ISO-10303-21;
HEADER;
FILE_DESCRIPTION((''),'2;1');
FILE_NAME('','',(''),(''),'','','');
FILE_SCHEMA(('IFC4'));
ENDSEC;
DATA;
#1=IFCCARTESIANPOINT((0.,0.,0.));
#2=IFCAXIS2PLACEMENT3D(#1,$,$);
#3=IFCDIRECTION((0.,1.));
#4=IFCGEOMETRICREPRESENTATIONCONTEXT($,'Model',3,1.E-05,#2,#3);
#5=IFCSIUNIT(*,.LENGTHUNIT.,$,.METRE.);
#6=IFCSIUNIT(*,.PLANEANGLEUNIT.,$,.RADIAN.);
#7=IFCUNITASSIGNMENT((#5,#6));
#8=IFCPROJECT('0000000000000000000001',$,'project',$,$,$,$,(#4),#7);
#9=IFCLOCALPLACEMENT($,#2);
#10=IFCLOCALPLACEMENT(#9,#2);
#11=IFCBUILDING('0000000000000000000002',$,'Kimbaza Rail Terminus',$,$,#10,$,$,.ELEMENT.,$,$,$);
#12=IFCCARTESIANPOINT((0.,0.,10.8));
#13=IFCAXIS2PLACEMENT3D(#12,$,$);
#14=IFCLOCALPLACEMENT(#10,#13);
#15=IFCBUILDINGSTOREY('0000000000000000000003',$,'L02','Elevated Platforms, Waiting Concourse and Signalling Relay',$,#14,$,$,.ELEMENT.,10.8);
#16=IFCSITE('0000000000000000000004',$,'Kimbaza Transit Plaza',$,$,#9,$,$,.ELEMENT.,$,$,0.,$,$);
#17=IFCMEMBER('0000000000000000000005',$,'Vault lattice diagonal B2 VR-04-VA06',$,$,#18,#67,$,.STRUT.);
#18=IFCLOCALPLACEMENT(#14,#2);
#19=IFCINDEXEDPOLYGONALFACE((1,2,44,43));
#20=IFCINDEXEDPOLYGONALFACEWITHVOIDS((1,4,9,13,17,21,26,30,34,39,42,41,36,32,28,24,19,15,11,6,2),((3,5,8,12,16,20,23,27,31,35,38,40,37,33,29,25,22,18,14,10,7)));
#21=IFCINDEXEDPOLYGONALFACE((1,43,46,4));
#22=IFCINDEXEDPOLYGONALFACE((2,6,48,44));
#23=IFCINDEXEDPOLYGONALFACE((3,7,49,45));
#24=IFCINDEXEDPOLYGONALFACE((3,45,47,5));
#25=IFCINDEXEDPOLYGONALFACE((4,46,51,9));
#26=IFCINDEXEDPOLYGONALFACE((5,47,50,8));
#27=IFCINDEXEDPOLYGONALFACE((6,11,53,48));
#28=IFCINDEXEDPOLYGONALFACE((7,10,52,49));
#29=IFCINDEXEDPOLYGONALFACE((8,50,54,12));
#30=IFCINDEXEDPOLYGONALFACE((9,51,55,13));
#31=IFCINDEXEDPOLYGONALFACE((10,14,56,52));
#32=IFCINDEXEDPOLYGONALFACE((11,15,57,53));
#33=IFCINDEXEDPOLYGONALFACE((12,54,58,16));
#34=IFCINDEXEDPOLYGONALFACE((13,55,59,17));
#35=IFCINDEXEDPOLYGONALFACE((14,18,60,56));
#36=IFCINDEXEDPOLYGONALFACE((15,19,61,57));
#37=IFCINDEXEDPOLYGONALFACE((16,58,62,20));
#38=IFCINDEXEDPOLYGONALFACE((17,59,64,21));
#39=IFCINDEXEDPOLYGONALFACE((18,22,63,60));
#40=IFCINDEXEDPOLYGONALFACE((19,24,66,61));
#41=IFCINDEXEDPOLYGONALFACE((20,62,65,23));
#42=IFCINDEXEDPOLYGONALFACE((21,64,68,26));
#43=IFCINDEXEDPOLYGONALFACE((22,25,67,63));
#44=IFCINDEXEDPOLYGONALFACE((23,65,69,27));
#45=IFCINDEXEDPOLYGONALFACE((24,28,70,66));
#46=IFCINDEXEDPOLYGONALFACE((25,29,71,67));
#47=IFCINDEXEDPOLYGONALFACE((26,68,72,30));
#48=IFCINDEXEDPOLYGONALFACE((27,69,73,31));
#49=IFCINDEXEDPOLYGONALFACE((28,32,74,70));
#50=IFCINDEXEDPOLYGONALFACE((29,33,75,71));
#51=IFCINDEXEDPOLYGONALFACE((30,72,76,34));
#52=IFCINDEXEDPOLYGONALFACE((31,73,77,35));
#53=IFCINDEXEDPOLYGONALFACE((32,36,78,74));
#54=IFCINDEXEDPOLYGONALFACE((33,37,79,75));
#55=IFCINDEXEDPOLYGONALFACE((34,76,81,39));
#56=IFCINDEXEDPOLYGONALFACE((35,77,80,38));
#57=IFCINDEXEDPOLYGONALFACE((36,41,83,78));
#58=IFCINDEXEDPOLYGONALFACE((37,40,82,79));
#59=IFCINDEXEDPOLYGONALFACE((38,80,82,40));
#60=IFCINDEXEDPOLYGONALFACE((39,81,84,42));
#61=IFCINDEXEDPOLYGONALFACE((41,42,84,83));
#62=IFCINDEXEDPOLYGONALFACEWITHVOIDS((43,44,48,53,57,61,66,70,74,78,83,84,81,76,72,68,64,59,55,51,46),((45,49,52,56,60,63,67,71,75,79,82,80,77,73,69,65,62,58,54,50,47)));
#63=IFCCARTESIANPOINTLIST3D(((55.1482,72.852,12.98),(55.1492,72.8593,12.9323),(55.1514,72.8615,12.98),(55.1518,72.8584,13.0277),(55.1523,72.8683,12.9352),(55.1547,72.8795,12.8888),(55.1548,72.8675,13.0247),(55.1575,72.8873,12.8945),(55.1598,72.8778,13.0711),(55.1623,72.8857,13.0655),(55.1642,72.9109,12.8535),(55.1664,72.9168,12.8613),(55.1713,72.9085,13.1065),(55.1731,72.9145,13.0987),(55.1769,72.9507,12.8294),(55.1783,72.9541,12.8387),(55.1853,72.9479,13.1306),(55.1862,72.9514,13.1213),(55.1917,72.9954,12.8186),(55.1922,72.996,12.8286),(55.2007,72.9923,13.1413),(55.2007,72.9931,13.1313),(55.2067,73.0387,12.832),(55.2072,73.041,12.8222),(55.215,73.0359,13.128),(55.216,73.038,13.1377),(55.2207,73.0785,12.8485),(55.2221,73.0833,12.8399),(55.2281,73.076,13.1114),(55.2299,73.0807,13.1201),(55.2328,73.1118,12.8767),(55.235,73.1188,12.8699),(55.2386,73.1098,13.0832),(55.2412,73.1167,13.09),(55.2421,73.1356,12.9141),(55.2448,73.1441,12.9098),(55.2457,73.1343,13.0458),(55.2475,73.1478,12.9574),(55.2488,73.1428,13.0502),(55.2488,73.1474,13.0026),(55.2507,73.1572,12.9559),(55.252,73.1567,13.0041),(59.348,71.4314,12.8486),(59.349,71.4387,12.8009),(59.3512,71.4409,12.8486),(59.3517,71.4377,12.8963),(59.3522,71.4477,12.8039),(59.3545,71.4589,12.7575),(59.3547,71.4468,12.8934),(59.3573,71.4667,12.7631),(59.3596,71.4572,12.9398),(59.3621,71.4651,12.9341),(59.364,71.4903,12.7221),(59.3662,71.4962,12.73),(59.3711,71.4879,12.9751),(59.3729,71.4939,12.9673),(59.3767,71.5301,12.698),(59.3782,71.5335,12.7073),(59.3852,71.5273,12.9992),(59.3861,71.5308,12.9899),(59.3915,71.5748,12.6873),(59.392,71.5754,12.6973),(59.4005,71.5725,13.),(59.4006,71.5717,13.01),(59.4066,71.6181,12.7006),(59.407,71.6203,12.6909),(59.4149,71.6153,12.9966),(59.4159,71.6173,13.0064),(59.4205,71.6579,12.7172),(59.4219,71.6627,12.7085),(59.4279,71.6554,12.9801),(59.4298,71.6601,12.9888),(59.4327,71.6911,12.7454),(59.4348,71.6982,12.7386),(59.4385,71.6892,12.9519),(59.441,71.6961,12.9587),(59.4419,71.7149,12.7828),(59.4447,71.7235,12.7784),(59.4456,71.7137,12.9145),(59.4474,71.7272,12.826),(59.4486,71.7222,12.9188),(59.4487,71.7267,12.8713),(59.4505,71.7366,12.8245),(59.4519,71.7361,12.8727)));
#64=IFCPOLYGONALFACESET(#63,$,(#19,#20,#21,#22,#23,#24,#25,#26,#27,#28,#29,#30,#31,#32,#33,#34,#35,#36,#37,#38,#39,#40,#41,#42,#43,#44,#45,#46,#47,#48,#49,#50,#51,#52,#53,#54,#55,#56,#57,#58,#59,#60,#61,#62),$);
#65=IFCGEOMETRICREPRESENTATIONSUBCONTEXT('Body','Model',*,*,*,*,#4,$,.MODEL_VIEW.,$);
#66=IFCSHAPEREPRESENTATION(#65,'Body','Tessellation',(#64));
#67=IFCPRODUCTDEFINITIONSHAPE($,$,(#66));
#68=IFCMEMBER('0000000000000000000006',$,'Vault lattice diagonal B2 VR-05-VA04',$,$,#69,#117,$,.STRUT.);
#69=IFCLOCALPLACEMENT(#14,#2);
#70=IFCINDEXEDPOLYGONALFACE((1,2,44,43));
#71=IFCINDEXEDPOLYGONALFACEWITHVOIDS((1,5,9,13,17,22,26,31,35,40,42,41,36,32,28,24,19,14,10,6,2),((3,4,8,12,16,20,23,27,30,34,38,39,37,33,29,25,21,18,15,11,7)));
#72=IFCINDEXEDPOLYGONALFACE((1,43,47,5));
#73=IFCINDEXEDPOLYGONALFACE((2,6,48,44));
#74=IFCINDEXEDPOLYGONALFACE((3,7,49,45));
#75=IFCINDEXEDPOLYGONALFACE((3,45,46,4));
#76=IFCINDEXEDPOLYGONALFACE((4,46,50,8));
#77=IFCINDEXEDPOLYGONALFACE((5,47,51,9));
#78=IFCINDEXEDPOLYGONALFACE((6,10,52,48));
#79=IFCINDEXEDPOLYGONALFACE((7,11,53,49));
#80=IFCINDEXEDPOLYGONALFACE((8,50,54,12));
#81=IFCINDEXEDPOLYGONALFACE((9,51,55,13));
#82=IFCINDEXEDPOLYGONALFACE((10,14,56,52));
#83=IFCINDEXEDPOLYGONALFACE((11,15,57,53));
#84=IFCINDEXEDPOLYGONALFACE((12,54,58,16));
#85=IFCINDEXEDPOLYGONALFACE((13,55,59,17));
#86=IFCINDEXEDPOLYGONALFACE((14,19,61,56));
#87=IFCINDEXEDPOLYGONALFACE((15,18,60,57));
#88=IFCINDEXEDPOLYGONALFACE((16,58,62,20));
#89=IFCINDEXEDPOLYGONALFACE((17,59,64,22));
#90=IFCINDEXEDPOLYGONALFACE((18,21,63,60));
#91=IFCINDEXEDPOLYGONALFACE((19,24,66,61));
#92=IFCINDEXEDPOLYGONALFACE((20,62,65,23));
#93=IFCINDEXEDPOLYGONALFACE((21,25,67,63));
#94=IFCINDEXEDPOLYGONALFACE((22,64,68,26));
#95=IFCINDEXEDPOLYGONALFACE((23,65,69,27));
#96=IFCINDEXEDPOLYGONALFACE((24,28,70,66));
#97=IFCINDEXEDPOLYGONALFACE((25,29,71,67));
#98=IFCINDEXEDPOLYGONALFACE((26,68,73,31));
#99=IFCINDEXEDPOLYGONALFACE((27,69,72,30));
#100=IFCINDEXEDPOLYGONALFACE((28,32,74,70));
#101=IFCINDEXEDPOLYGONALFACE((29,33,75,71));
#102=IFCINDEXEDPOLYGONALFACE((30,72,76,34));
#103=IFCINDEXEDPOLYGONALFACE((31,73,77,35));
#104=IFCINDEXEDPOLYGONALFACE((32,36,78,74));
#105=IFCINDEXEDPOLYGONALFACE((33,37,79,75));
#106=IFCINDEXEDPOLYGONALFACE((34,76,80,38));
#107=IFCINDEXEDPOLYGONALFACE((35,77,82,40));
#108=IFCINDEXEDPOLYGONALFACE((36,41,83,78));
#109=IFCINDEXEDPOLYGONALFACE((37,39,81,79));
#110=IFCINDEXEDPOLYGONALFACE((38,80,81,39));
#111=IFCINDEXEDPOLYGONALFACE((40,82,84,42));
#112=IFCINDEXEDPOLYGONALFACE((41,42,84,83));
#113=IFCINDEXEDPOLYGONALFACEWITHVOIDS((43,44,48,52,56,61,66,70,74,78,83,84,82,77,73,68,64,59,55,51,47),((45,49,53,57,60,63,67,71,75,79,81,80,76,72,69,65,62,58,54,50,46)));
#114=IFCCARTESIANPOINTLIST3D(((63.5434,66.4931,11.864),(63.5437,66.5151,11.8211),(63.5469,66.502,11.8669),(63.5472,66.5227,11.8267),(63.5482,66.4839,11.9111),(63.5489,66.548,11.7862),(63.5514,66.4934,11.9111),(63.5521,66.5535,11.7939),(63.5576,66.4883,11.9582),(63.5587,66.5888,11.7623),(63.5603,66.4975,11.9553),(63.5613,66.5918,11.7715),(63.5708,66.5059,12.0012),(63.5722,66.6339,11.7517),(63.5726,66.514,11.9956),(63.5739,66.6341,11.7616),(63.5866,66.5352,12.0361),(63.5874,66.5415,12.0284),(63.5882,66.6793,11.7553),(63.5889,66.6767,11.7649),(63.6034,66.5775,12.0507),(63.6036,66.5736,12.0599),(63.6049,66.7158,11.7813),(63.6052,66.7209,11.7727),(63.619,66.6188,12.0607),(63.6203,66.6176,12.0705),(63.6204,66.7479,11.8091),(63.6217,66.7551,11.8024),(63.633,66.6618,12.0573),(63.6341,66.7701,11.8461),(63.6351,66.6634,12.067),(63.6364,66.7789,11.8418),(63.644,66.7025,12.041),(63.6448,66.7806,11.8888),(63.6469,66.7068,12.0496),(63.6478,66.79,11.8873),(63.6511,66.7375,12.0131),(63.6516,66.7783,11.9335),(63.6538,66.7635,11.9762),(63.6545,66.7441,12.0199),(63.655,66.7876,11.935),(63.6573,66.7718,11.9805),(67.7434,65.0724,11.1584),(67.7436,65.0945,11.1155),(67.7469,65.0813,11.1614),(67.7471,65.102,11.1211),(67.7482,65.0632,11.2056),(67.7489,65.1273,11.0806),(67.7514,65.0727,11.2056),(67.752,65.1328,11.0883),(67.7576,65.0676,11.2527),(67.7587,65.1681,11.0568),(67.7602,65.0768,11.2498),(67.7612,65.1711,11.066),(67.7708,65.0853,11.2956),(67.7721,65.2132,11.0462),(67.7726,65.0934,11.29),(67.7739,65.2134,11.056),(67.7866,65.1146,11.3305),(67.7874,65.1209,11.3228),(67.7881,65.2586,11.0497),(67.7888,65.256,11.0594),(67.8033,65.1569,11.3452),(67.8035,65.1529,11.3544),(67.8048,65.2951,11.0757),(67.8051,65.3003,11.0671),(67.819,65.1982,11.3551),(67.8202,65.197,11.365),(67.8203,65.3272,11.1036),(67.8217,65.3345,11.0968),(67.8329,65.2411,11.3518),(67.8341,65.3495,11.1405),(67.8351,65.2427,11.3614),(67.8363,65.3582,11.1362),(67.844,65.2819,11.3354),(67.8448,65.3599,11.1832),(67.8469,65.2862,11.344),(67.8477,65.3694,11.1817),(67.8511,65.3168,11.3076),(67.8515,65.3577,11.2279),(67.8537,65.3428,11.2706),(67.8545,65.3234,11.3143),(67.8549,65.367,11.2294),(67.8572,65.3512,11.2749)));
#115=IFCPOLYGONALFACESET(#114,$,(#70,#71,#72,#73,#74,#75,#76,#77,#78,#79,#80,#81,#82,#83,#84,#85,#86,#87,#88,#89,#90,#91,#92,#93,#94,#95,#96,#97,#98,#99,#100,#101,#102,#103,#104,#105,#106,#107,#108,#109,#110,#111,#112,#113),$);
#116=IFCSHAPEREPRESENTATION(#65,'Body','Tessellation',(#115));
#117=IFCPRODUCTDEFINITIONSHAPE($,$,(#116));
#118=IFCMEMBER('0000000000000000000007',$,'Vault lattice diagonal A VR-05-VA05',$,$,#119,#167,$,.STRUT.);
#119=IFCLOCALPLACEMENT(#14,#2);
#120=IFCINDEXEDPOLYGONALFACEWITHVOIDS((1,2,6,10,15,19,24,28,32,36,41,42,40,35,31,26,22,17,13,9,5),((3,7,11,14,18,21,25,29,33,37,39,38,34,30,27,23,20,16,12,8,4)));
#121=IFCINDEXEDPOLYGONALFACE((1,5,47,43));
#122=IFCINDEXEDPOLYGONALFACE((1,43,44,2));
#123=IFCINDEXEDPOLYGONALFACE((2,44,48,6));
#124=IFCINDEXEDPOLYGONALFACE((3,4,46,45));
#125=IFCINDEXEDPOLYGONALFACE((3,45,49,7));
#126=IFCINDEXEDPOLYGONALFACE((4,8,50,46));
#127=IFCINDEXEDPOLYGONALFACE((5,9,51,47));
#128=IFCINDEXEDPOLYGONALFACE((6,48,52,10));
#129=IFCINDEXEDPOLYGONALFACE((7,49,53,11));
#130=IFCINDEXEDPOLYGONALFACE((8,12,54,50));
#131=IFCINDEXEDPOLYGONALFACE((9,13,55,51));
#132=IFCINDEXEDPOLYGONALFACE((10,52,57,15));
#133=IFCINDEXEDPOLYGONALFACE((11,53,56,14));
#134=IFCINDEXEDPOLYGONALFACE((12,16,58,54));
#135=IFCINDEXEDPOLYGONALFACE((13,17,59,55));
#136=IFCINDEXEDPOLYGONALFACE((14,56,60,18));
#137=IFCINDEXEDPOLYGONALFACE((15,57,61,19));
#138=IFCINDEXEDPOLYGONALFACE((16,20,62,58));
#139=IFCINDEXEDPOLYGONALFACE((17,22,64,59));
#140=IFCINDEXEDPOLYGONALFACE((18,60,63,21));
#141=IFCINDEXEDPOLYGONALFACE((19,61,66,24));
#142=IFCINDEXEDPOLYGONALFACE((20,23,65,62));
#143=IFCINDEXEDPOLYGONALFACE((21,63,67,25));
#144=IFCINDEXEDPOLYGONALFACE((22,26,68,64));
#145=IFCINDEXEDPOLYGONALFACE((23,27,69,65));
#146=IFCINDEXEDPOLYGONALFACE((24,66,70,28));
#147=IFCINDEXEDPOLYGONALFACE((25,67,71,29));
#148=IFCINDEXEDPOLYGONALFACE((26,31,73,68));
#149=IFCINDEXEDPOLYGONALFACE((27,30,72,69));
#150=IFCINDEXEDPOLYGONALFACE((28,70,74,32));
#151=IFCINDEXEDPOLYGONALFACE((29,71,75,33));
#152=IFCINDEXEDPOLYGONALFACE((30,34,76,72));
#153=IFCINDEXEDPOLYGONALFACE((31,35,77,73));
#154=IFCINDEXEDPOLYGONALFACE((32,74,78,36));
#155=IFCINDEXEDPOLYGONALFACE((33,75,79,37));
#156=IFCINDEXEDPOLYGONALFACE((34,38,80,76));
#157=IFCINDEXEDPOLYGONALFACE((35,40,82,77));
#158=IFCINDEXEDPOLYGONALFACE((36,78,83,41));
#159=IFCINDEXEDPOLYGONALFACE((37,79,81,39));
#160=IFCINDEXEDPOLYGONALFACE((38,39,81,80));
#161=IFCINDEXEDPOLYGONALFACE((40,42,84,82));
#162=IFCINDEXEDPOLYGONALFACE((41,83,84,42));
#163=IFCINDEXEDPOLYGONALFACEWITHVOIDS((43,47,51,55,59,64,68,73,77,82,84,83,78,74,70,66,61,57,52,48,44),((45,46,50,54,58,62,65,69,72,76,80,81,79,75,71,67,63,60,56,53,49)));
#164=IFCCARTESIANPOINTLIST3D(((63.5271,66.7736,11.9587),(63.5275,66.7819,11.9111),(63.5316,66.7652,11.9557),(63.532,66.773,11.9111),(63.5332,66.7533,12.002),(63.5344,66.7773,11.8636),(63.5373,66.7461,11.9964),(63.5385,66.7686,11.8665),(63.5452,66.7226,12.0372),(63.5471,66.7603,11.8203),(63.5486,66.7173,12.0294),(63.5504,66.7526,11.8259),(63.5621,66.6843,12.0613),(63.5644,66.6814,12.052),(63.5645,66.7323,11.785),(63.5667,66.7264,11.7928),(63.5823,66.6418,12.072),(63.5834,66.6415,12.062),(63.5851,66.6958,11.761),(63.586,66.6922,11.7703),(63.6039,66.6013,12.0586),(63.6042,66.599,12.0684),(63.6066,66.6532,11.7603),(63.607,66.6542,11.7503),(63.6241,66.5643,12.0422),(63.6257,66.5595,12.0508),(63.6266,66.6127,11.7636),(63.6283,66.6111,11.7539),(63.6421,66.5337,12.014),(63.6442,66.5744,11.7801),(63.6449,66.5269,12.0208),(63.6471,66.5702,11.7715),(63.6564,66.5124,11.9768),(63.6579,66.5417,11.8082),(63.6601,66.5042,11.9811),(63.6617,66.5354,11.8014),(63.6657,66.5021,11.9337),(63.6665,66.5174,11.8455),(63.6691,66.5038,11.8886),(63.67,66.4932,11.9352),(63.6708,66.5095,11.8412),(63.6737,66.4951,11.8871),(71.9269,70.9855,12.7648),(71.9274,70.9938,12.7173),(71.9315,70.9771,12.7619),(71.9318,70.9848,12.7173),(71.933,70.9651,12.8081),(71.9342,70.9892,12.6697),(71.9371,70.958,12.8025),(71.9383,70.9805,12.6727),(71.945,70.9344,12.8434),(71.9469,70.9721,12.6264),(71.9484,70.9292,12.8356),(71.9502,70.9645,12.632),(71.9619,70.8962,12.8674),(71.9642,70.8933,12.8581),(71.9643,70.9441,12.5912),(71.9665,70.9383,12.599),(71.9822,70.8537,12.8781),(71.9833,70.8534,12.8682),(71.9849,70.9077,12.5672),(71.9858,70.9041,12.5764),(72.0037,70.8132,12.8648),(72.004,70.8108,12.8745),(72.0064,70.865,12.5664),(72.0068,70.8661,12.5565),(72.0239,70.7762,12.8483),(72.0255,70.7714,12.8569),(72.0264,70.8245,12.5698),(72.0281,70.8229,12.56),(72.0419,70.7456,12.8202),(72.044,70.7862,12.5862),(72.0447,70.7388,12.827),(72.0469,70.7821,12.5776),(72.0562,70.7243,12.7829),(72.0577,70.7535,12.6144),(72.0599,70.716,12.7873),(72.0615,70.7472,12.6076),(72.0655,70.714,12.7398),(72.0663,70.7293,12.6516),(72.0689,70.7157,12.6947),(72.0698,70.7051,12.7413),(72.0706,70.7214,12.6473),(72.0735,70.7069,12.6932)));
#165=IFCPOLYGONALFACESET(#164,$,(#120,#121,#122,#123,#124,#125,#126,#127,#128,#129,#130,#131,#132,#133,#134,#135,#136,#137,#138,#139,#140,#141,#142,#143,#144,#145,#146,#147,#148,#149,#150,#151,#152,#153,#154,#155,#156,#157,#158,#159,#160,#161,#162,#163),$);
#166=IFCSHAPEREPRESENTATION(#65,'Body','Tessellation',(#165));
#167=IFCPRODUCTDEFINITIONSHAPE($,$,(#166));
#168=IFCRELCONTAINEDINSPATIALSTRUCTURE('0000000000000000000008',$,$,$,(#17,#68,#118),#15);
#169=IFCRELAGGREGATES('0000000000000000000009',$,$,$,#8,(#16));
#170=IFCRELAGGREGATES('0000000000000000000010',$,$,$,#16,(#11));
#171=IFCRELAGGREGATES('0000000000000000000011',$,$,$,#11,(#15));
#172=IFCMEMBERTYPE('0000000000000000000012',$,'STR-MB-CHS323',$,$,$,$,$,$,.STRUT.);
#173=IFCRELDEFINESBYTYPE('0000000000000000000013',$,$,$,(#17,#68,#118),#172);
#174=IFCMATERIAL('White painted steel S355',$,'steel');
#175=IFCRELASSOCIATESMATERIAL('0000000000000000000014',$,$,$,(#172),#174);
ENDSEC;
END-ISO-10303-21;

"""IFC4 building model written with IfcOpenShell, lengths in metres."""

from ifc_helpers import new_model, si_unit, direction, frame, origin, origin_2d, place, context, subcontext, project, spatial, hollow_circle, extrude, material, material_profile, profile_set, type_object, element, save


model = new_model("IFC4")

# Units and contexts
model_context = context("Model", 3, precision=1e-05, world=origin(), true_north=direction((0.0, 1.0)))
body_context = subcontext(model_context, "Body", "Model", "MODEL_VIEW")
ifc_project = project(units=[si_unit("LENGTHUNIT", "METRE"), si_unit("PLANEANGLEUNIT", "RADIAN")], contexts=[model_context])

# Site, building, storey
site_placement = place(None, origin())
site = spatial("IfcSite", under=ifc_project, at=site_placement, Name="Kimbaza Transit Plaza", CompositionType="ELEMENT", RefElevation=0.0)
building_placement = place(site_placement, origin())
building = spatial("IfcBuilding", under=site, at=building_placement, Name="Kimbaza Rail Terminus", CompositionType="ELEMENT")
storey_placement = place(building_placement, frame((0.0, 0.0, 10.8)))
storey = spatial("IfcBuildingStorey", under=building, at=storey_placement, Name="L02", Description="Elevated Platforms, Waiting Concourse and Signalling Relay", CompositionType="ELEMENT", Elevation=10.8)

# Members
ifc_material_1 = material(Name="White painted steel S355", Category="steel")
ifc_material_profile_1 = material_profile(ifc_material_1, hollow_circle(Radius=0.1619, WallThickness=0.01, at=origin_2d()), Name="CHS 323.9x10")
ifc_profile_set_1 = profile_set([ifc_material_profile_1], Name="White painted steel S355")
member_type_1 = type_object("IfcMemberType", Name="STR-MB-CHS323", PredefinedType="STRUT", material=ifc_profile_set_1)
member_1_placement = place(storey_placement, frame((59.3999, 71.5847, 12.8486), z_axis=(-0.94686, 0.32028, 0.029612), x_axis=(-0.320421, -0.947275, 0.0)))
element("IfcMember", 1, at=member_1_placement, inside=storey, type_object=member_type_1, Name="Vault lattice diagonal B2 VR-04-VA06", PredefinedType="STRUT", context=body_context, shape_type="SweptSolid", body=[
    extrude(hollow_circle(Radius=0.1619, WallThickness=0.01, at=origin_2d()), origin(), (0.0, 0.0, 1.0), 4.4355),
])
member_2_placement = place(storey_placement, frame((67.8, 65.2166, 11.2056), z_axis=(-0.935504, 0.316439, 0.157159), x_axis=(-0.320421, -0.947275, 0.0)))
element("IfcMember", 2, at=member_2_placement, inside=storey, type_object=member_type_1, Name="Vault lattice diagonal B2 VR-05-VA04", PredefinedType="STRUT", context=body_context, shape_type="SweptSolid", body=[
    extrude(hollow_circle(Radius=0.1619, WallThickness=0.01, at=origin_2d()), origin(), (0.0, 0.0, 1.0), 4.4895),
])
member_3_placement = place(storey_placement, frame((63.6001, 66.6372, 11.9111), z_axis=(0.890646, 0.446591, 0.085477), x_axis=(-0.448232, 0.893917, 0.0)))
element("IfcMember", 3, at=member_3_placement, inside=storey, type_object=member_type_1, Name="Vault lattice diagonal A VR-05-VA05", PredefinedType="STRUT", context=body_context, shape_type="SweptSolid", body=[
    extrude(hollow_circle(Radius=0.1619, WallThickness=0.01, at=origin_2d()), origin(), (0.0, 0.0, 1.0), 9.4312),
])

save(model, "model.ifc")
